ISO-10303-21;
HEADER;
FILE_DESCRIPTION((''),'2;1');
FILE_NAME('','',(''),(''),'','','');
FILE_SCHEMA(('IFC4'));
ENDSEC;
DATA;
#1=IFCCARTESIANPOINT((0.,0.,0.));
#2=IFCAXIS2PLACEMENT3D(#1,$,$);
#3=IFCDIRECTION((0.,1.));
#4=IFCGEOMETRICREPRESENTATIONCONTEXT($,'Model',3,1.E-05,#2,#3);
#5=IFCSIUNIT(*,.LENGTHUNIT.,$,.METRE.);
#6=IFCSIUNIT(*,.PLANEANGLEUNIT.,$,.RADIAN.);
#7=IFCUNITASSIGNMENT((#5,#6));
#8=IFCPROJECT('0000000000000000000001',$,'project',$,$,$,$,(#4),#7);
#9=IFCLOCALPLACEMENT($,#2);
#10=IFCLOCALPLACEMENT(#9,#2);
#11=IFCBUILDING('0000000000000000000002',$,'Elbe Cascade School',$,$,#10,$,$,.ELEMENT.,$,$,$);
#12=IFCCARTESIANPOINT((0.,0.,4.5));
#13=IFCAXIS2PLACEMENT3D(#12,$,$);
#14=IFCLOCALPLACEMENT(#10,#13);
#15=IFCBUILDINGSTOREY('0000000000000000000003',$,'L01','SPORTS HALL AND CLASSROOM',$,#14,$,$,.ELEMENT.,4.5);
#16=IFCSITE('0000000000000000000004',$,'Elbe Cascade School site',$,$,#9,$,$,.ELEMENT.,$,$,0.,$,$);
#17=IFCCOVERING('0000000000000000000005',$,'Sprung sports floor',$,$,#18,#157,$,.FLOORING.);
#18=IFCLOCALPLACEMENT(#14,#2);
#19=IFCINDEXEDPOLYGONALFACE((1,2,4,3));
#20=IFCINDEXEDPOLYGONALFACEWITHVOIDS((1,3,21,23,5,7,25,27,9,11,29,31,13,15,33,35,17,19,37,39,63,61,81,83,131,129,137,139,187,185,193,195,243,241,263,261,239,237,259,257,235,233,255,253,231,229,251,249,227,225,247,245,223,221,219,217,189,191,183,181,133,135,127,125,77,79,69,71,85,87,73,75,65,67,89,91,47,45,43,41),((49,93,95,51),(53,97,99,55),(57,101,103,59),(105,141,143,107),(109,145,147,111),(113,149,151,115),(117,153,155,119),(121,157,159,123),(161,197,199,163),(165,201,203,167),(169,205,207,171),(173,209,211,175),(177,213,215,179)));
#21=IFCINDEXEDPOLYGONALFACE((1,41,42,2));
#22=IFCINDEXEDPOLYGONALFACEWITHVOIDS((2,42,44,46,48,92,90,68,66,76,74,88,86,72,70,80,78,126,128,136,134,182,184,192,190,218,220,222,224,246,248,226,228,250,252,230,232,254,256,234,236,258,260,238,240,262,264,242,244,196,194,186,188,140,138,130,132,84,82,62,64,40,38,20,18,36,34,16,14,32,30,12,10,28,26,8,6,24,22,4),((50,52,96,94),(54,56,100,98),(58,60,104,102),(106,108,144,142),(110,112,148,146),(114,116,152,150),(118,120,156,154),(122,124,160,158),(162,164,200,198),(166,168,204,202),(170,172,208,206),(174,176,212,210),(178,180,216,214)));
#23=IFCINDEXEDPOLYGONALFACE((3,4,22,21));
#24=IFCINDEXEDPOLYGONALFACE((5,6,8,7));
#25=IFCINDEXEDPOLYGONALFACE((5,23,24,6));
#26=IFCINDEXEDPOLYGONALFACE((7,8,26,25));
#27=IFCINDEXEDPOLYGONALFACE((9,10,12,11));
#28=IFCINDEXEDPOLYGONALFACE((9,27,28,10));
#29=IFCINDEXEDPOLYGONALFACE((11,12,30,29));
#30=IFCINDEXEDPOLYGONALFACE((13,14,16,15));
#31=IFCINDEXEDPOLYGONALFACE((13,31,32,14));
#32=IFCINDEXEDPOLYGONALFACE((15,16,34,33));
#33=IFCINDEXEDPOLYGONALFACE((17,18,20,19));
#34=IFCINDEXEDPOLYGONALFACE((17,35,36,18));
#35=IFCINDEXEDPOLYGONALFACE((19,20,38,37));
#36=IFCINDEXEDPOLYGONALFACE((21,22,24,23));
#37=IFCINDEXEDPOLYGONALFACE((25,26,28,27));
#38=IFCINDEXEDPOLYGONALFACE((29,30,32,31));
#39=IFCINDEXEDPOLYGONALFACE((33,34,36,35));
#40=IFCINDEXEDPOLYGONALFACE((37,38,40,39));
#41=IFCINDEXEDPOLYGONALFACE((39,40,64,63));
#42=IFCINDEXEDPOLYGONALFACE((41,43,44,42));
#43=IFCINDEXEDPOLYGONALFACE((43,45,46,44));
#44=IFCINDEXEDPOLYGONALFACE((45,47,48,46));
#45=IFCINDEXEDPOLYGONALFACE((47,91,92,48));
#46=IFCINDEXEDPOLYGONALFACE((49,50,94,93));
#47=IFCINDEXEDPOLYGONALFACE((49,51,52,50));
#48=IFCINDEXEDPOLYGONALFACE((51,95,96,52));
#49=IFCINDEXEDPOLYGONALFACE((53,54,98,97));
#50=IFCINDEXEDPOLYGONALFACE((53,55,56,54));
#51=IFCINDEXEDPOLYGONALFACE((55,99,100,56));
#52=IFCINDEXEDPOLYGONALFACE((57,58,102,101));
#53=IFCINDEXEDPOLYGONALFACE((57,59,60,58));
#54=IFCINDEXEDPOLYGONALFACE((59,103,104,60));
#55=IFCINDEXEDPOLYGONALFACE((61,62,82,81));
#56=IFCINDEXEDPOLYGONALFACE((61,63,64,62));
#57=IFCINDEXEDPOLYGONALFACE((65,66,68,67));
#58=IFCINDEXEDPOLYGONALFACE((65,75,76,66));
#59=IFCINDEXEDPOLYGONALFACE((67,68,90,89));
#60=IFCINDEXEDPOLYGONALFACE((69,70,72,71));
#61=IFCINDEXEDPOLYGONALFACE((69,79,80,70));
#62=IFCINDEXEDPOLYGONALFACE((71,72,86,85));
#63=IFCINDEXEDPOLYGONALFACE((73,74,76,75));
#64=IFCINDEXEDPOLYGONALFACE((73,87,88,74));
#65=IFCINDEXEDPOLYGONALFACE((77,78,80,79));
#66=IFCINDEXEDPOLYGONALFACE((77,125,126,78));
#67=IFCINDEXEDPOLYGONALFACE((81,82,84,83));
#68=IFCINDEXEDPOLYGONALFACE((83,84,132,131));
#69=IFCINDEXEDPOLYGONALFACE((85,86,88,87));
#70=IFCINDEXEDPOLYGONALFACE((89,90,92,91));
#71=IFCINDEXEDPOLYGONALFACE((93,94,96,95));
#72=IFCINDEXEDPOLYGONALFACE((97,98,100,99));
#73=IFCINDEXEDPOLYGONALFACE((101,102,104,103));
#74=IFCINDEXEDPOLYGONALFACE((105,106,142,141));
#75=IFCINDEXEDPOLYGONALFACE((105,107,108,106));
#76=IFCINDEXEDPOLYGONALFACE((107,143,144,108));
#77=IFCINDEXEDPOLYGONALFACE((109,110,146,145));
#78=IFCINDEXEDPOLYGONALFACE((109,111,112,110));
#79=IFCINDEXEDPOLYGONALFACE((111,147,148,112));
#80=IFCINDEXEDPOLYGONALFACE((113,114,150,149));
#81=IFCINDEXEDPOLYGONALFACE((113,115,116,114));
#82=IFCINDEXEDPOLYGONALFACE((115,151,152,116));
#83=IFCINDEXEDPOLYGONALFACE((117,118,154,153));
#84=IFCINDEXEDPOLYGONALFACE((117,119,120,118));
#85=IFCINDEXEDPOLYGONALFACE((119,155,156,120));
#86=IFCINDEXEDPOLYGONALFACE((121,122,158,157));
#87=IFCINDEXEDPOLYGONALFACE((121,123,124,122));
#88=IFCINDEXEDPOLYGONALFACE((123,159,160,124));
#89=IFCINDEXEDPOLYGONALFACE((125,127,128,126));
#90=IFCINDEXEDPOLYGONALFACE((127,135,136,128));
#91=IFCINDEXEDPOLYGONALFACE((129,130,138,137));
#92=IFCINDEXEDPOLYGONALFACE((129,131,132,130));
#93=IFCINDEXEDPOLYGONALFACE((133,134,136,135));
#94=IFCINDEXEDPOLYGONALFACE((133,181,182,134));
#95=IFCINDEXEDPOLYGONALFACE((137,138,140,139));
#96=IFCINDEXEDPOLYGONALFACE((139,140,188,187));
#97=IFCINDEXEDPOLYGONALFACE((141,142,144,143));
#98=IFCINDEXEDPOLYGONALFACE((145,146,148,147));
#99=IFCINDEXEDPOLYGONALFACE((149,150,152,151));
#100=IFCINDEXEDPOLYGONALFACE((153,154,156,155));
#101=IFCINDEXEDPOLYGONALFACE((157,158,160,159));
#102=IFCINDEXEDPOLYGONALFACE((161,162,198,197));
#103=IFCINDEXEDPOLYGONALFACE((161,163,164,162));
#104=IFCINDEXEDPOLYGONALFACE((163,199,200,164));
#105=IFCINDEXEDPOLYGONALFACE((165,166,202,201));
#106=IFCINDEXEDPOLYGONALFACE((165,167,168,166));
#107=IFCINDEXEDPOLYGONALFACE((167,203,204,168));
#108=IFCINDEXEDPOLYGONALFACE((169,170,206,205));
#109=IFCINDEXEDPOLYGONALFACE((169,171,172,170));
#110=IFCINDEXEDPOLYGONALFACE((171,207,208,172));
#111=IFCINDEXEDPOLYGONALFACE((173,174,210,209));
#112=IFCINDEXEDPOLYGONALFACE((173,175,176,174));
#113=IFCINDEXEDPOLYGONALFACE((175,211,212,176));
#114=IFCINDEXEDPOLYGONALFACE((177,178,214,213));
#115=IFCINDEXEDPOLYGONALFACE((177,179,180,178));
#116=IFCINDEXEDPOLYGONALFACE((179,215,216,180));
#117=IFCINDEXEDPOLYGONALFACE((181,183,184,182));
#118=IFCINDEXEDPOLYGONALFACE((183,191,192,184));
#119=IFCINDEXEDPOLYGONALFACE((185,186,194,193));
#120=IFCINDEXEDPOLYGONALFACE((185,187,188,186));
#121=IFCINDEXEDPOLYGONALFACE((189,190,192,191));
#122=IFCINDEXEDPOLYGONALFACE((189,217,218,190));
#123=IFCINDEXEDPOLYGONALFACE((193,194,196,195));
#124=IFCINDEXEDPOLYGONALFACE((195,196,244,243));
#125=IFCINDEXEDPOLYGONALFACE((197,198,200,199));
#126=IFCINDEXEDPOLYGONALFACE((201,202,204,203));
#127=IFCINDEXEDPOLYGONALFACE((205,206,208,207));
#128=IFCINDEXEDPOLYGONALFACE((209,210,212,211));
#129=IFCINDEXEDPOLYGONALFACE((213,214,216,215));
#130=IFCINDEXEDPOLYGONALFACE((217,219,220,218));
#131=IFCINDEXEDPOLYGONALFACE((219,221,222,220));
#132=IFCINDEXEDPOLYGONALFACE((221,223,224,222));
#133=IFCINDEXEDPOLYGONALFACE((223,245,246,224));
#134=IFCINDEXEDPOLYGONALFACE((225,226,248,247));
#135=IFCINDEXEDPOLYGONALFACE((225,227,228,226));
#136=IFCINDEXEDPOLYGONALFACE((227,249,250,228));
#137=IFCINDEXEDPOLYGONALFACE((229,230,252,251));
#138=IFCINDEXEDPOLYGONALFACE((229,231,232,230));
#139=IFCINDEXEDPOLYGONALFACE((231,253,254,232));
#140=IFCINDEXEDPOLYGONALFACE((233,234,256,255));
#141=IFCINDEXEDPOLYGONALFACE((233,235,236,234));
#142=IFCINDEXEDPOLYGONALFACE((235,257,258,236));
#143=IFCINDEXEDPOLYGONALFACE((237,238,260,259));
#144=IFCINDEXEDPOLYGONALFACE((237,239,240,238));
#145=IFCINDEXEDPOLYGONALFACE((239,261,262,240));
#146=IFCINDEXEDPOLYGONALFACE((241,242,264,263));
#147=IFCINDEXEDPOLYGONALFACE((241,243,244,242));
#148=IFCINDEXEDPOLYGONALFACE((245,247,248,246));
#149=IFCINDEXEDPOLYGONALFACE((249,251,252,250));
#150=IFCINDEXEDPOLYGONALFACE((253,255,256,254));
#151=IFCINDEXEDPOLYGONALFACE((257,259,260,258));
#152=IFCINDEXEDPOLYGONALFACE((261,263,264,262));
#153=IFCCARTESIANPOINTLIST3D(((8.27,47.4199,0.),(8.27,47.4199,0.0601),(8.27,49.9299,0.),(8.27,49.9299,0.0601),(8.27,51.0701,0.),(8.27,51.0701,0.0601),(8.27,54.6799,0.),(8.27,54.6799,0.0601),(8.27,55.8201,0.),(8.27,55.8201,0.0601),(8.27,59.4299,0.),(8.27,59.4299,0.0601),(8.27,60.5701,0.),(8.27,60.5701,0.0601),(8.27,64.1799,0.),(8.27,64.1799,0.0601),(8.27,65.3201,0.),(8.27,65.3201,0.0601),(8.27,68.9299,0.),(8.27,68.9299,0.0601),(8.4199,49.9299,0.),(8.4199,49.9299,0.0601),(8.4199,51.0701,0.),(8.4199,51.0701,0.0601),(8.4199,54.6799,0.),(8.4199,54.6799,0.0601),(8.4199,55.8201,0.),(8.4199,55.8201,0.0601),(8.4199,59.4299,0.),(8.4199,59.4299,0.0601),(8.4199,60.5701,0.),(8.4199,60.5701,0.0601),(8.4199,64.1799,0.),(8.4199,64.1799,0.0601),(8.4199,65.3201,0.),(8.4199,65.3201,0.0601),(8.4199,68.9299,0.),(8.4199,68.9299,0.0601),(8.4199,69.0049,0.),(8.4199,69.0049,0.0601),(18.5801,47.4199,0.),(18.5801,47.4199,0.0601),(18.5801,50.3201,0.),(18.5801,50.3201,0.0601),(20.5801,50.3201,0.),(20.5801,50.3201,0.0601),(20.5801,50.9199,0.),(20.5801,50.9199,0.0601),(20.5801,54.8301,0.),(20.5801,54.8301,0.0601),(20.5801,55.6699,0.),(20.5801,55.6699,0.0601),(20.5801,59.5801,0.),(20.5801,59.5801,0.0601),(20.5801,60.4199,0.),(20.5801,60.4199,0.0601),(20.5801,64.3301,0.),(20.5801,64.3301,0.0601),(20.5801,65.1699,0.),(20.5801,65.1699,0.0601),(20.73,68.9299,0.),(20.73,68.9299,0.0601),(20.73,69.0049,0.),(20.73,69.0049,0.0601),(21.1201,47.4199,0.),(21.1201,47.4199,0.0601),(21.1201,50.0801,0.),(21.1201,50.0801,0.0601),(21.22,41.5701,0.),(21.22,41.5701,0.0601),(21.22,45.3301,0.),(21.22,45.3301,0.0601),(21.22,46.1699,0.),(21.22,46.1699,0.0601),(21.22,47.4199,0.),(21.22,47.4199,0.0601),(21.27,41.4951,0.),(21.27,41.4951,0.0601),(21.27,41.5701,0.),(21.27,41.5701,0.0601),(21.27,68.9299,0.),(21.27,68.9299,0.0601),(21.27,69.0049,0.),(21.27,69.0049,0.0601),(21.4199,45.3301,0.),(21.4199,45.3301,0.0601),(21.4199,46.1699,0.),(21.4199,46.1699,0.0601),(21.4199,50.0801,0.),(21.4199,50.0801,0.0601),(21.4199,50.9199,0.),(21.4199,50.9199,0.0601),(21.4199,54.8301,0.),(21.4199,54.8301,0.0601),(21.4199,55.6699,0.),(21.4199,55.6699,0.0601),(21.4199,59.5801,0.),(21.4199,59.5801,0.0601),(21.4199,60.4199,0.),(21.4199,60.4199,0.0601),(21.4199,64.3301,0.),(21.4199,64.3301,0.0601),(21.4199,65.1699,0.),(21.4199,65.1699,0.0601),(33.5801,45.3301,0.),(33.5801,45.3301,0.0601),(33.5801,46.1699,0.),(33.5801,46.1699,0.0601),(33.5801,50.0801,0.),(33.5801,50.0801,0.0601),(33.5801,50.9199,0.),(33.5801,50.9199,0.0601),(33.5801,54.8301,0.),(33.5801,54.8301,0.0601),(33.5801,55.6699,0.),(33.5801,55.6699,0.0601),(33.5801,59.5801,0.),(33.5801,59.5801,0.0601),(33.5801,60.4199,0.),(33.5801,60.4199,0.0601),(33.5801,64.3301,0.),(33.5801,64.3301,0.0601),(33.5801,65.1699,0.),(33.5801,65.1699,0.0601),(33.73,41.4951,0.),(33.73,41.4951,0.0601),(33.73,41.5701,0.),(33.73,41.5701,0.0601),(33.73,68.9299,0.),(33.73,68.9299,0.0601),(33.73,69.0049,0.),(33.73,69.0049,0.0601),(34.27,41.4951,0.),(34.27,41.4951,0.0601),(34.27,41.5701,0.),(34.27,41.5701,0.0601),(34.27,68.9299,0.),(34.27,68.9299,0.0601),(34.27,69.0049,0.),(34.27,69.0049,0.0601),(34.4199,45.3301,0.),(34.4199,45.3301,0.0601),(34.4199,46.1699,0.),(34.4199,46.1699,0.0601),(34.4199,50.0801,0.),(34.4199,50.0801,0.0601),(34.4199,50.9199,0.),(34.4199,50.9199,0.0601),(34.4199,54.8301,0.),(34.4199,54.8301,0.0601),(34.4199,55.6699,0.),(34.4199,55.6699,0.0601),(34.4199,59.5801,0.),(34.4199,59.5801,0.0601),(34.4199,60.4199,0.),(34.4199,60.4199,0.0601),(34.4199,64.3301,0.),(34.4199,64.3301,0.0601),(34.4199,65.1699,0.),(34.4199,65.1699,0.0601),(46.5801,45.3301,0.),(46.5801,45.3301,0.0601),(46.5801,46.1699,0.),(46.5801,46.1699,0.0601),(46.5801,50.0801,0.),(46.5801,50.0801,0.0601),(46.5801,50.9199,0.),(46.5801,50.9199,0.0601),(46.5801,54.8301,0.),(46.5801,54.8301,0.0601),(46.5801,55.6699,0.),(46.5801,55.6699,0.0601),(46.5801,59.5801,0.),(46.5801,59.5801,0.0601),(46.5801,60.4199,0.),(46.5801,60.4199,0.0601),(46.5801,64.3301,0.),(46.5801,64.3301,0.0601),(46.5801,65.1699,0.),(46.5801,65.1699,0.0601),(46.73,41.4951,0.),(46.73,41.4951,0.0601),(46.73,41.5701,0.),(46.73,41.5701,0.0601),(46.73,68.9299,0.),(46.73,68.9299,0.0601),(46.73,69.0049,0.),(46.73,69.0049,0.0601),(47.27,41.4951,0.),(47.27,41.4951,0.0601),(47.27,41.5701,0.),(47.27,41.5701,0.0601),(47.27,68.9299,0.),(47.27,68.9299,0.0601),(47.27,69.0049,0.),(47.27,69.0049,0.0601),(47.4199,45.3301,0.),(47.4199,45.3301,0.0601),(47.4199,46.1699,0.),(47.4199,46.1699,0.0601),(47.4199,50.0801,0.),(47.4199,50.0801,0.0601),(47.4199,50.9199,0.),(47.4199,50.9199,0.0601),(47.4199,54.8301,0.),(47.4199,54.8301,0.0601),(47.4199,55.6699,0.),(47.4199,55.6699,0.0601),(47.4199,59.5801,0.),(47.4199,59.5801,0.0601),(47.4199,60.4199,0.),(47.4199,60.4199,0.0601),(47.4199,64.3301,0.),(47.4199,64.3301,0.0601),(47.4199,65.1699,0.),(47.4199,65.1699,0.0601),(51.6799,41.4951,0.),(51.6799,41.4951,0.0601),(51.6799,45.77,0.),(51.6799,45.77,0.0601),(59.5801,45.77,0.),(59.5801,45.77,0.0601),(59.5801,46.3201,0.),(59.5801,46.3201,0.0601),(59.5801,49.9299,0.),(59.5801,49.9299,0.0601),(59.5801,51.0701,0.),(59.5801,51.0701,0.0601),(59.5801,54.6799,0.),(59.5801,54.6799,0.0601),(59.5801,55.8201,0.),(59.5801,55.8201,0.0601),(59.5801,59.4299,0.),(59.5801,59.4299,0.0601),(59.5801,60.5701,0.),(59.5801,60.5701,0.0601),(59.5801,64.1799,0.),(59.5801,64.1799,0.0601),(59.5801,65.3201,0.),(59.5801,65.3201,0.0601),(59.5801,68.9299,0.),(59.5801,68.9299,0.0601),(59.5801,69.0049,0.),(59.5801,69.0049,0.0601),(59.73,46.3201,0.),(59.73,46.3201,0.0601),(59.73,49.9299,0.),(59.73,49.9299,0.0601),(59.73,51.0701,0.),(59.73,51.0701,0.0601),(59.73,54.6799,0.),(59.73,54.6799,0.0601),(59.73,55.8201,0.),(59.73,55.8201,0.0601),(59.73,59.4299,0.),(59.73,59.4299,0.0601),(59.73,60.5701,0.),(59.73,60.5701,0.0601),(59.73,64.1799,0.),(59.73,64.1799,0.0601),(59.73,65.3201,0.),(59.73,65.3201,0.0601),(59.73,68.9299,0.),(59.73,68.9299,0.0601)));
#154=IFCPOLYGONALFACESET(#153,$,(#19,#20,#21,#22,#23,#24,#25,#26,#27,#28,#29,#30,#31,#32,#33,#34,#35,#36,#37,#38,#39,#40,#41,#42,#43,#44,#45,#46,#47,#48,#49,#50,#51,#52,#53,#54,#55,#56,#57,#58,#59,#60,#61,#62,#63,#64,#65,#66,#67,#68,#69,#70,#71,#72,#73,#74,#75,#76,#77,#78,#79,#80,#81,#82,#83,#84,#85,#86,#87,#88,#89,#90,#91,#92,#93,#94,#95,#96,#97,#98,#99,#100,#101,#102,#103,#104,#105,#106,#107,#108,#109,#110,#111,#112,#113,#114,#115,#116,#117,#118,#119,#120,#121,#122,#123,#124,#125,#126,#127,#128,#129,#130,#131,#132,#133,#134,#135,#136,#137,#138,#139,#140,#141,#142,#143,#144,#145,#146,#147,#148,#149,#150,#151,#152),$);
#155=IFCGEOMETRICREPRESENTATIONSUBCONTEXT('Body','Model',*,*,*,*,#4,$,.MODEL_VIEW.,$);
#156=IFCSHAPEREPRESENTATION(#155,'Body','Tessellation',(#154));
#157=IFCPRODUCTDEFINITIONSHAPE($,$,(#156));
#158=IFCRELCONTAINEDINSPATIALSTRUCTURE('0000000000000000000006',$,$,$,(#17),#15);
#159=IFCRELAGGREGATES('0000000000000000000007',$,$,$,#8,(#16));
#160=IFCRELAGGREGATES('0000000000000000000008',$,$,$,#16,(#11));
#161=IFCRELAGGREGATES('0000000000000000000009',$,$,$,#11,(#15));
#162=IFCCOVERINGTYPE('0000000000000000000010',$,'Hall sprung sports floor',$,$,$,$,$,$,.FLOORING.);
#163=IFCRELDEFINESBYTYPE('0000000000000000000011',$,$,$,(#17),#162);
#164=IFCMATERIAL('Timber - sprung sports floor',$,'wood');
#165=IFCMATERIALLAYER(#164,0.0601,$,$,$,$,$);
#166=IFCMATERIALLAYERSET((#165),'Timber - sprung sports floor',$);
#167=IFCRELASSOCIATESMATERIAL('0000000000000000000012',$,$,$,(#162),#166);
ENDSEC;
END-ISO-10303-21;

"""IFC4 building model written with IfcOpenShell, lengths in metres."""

from ifc_helpers import new_model, si_unit, direction, frame, origin, place, context, subcontext, project, spatial, polyline, outline, extrude, material, layer, layer_set, type_object, element, save


model = new_model("IFC4")

# Units and contexts
model_context = context("Model", 3, precision=1e-05, world=origin(), true_north=direction((0.0, 1.0)))
body_context = subcontext(model_context, "Body", "Model", "MODEL_VIEW")
ifc_project = project(units=[si_unit("LENGTHUNIT", "METRE"), si_unit("PLANEANGLEUNIT", "RADIAN")], contexts=[model_context])

# Site, building, storey
site_placement = place(None, origin())
site = spatial("IfcSite", under=ifc_project, at=site_placement, Name="Elbe Cascade School site", CompositionType="ELEMENT", RefElevation=0.0)
building_placement = place(site_placement, origin())
building = spatial("IfcBuilding", under=site, at=building_placement, Name="Elbe Cascade School", CompositionType="ELEMENT")
storey_placement = place(building_placement, frame((0.0, 0.0, 4.5)))
storey = spatial("IfcBuildingStorey", under=building, at=storey_placement, Name="L01", Description="SPORTS HALL AND CLASSROOM", CompositionType="ELEMENT", Elevation=4.5)

# Covering
ifc_material_1 = material(Name="Timber - sprung sports floor", Category="wood")
ifc_layer_1 = layer(ifc_material_1, 0.0601)
ifc_layer_set_1 = layer_set([ifc_layer_1], Name="Timber - sprung sports floor")
covering_type = type_object("IfcCoveringType", Name="Hall sprung sports floor", PredefinedType="FLOORING", material=ifc_layer_set_1)
covering_placement = place(storey_placement, origin())
element("IfcCovering", 1, at=covering_placement, inside=storey, type_object=covering_type, Name="Sprung sports floor", PredefinedType="FLOORING", context=body_context, shape_type="SweptSolid", body=[
    extrude(outline(polyline([(8.27, 68.9299), (8.4199, 68.9299), (8.4199, 69.0049), (20.73, 69.0049), (20.73, 68.9299), (21.27, 68.9299), (21.27, 69.0049), (33.73, 69.0049), (33.73, 68.9299), (34.27, 68.9299), (34.27, 69.0049), (46.73, 69.0049), (46.73, 68.9299), (47.27, 68.9299), (47.27, 69.0049), (59.5801, 69.0049), (59.5801, 68.9299), (59.73, 68.9299), (59.73, 65.3201), (59.5801, 65.3201), (59.5801, 64.1799), (59.73, 64.1799), (59.73, 60.5701), (59.5801, 60.5701), (59.5801, 59.4299), (59.73, 59.4299), (59.73, 55.8201), (59.5801, 55.8201), (59.5801, 54.6799), (59.73, 54.6799), (59.73, 51.0701), (59.5801, 51.0701), (59.5801, 49.9299), (59.73, 49.9299), (59.73, 46.3201), (59.5801, 46.3201), (59.5801, 45.77), (51.6799, 45.77), (51.6799, 41.4951), (47.27, 41.4951), (47.27, 41.5701), (46.73, 41.5701), (46.73, 41.4951), (34.27, 41.4951), (34.27, 41.5701), (33.73, 41.5701), (33.73, 41.4951), (21.27, 41.4951), (21.27, 41.5701), (21.22, 41.5701), (21.22, 45.3301), (21.4199, 45.3301), (21.4199, 46.1699), (21.22, 46.1699), (21.22, 47.4199), (21.1201, 47.4199), (21.1201, 50.0801), (21.4199, 50.0801), (21.4199, 50.9199), (20.5801, 50.9199), (20.5801, 50.3201), (18.5801, 50.3201), (18.5801, 47.4199), (8.27, 47.4199), (8.27, 49.9299), (8.4199, 49.9299), (8.4199, 51.0701), (8.27, 51.0701), (8.27, 54.6799), (8.4199, 54.6799), (8.4199, 55.8201), (8.27, 55.8201), (8.27, 59.4299), (8.4199, 59.4299), (8.4199, 60.5701), (8.27, 60.5701), (8.27, 64.1799), (8.4199, 64.1799), (8.4199, 65.3201), (8.27, 65.3201), (8.27, 68.9299)]), holes=[polyline([(46.5801, 54.8301), (47.4199, 54.8301), (47.4199, 55.6699), (46.5801, 55.6699), (46.5801, 54.8301)]), polyline([(46.5801, 59.5801), (47.4199, 59.5801), (47.4199, 60.4199), (46.5801, 60.4199), (46.5801, 59.5801)]), polyline([(47.4199, 45.3301), (47.4199, 46.1699), (46.5801, 46.1699), (46.5801, 45.3301), (47.4199, 45.3301)]), polyline([(47.4199, 50.0801), (47.4199, 50.9199), (46.5801, 50.9199), (46.5801, 50.0801), (47.4199, 50.0801)]), polyline([(47.4199, 64.3301), (47.4199, 65.1699), (46.5801, 65.1699), (46.5801, 64.3301), (47.4199, 64.3301)]), polyline([(33.5801, 45.3301), (34.4199, 45.3301), (34.4199, 46.1699), (33.5801, 46.1699), (33.5801, 45.3301)]), polyline([(33.5801, 54.8301), (34.4199, 54.8301), (34.4199, 55.6699), (33.5801, 55.6699), (33.5801, 54.8301)]), polyline([(34.4199, 50.0801), (34.4199, 50.9199), (33.5801, 50.9199), (33.5801, 50.0801), (34.4199, 50.0801)]), polyline([(34.4199, 59.5801), (34.4199, 60.4199), (33.5801, 60.4199), (33.5801, 59.5801), (34.4199, 59.5801)]), polyline([(34.4199, 64.3301), (34.4199, 65.1699), (33.5801, 65.1699), (33.5801, 64.3301), (34.4199, 64.3301)]), polyline([(20.5801, 54.8301), (21.4199, 54.8301), (21.4199, 55.6699), (20.5801, 55.6699), (20.5801, 54.8301)]), polyline([(20.5801, 59.5801), (21.4199, 59.5801), (21.4199, 60.4199), (20.5801, 60.4199), (20.5801, 59.5801)]), polyline([(21.4199, 64.3301), (21.4199, 65.1699), (20.5801, 65.1699), (20.5801, 64.3301), (21.4199, 64.3301)])]), origin(), (0.0, 0.0, 1.0), 0.0601),
])

save(model, "model.ifc")
